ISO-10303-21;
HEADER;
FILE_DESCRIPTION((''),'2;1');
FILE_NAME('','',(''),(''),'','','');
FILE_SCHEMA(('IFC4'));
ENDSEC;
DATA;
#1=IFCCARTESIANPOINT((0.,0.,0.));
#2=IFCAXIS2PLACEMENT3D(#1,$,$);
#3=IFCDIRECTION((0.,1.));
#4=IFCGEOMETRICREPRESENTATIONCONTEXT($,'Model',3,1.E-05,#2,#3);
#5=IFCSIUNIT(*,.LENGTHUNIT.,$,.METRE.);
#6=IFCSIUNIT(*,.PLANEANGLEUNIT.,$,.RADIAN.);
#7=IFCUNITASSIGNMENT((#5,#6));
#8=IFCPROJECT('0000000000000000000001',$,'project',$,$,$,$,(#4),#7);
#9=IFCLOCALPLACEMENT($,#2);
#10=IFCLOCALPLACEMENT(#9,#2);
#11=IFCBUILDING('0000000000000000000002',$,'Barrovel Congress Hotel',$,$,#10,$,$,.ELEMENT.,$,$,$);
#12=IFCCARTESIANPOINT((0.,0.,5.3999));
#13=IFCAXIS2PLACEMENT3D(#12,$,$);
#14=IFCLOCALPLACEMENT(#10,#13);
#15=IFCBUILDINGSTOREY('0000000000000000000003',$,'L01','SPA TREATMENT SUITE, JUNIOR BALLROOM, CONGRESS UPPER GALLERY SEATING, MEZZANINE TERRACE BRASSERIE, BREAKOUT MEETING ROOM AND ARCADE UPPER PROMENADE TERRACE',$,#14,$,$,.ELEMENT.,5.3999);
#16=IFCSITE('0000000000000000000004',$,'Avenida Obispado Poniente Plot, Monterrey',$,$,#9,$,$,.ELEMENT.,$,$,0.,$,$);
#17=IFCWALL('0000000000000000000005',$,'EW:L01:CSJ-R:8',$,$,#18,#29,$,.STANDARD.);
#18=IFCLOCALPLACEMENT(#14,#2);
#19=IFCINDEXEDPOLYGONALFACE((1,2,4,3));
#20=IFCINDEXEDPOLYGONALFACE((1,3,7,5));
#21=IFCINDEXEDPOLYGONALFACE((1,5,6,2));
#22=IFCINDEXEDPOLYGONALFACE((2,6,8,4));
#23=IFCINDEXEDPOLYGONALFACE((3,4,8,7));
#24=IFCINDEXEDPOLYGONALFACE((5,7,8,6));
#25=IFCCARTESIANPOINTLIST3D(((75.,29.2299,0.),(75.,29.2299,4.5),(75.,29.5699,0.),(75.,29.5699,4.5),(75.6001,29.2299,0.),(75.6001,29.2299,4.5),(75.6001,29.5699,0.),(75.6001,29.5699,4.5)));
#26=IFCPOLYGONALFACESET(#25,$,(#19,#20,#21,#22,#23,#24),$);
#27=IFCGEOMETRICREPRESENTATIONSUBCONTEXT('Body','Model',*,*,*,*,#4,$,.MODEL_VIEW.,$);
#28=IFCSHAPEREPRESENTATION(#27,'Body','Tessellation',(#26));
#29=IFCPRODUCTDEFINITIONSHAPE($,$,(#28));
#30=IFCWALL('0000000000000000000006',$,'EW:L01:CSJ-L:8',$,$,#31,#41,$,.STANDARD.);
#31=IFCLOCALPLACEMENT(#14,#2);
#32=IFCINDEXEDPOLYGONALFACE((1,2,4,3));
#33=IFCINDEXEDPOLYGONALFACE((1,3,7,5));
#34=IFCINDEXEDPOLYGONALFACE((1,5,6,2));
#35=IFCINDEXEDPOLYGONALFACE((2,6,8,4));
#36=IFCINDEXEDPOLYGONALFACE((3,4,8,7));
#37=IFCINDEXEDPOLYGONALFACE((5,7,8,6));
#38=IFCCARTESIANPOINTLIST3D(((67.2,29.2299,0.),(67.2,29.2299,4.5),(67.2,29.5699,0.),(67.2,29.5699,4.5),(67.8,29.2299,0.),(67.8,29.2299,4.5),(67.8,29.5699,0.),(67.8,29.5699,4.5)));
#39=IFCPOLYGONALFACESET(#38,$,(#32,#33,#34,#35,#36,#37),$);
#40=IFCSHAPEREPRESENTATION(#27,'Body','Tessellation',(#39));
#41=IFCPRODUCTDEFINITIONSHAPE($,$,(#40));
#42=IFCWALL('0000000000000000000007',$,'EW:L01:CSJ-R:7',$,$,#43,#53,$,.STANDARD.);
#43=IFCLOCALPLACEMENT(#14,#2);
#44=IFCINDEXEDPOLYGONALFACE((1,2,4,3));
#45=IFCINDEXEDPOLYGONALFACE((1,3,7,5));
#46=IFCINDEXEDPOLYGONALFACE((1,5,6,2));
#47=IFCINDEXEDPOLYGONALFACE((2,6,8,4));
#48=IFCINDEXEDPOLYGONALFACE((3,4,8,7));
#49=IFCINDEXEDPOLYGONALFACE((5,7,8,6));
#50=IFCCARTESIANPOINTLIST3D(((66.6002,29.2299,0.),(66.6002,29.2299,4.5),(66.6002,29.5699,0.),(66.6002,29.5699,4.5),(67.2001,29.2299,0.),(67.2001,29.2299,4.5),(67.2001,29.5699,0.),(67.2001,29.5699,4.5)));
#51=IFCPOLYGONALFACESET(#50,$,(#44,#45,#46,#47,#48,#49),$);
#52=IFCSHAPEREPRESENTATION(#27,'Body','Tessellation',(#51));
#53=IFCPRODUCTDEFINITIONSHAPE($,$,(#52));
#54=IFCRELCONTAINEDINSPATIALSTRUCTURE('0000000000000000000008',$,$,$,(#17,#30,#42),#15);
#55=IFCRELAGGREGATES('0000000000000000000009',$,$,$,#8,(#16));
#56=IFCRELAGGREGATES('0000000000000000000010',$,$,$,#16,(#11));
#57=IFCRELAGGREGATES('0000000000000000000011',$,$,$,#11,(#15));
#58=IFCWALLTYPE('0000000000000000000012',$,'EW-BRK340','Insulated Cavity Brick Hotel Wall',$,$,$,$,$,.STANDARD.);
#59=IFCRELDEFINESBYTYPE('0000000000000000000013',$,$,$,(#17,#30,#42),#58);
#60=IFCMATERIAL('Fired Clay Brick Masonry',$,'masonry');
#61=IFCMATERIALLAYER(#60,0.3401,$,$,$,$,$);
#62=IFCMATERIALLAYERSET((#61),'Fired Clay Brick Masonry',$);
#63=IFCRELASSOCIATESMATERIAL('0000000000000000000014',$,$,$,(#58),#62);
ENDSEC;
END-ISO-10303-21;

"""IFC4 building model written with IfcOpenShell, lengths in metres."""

from ifc_helpers import new_model, si_unit, direction, frame, frame_2d, origin, place, context, subcontext, project, spatial, rectangle, extrude, material, layer, layer_set, type_object, element, save


model = new_model("IFC4")

# Units and contexts
model_context = context("Model", 3, precision=1e-05, world=origin(), true_north=direction((0.0, 1.0)))
body_context = subcontext(model_context, "Body", "Model", "MODEL_VIEW")
ifc_project = project(units=[si_unit("LENGTHUNIT", "METRE"), si_unit("PLANEANGLEUNIT", "RADIAN")], contexts=[model_context])

# Site, building, storey
site_placement = place(None, origin())
site = spatial("IfcSite", under=ifc_project, at=site_placement, Name="Avenida Obispado Poniente Plot, Monterrey", CompositionType="ELEMENT", RefElevation=0.0)
building_placement = place(site_placement, origin())
building = spatial("IfcBuilding", under=site, at=building_placement, Name="Barrovel Congress Hotel", CompositionType="ELEMENT")
storey_placement = place(building_placement, frame((0.0, 0.0, 5.3999)))
storey = spatial("IfcBuildingStorey", under=building, at=storey_placement, Name="L01", Description="SPA TREATMENT SUITE, JUNIOR BALLROOM, CONGRESS UPPER GALLERY SEATING, MEZZANINE TERRACE BRASSERIE, BREAKOUT MEETING ROOM AND ARCADE UPPER PROMENADE TERRACE", CompositionType="ELEMENT", Elevation=5.3999)

# Walls
ifc_material_1 = material(Name="Fired Clay Brick Masonry", Category="masonry")
ifc_layer_1 = layer(ifc_material_1, 0.3401)
ifc_layer_set_1 = layer_set([ifc_layer_1], Name="Fired Clay Brick Masonry")
wall_type = type_object("IfcWallType", Name="EW-BRK340", Description="Insulated Cavity Brick Hotel Wall", PredefinedType="STANDARD", material=ifc_layer_set_1)
for number, where, z_axis, x_axis, name in (
    (1, (75.6001, 29.3999, 0.0), (0.0, 0.0, 1.0), (-1.0, 0.0, 0.0), "EW:L01:CSJ-R:8"),
    (2, (67.8, 29.3999, 0.0), (0.0, 0.0, 1.0), (-1.0, 0.0, 0.0), "EW:L01:CSJ-L:8"),
):
    element("IfcWall", number, at=place(storey_placement, frame(where, z_axis=z_axis, x_axis=x_axis)), inside=storey, type_object=wall_type, Name=name, PredefinedType="STANDARD", context=body_context, shape_type="SweptSolid", body=[
        extrude(rectangle(XDim=0.6001, YDim=0.3401, at=frame_2d((0.3, 0.0))), origin(), (0.0, 0.0, 1.0), 4.5),
    ])
wall_1_placement = place(storey_placement, frame((67.2, 29.3999, 0.0), z_axis=(0.0, 0.0, 1.0), x_axis=(-1.0, 0.0, 0.0)))
element("IfcWall", 3, at=wall_1_placement, inside=storey, type_object=wall_type, Name="EW:L01:CSJ-R:7", PredefinedType="STANDARD", context=body_context, shape_type="SweptSolid", body=[
    extrude(rectangle(XDim=0.5999, YDim=0.3401, at=frame_2d((0.2998, 0.0))), origin(), (0.0, 0.0, 1.0), 4.5),
])

save(model, "model.ifc")
